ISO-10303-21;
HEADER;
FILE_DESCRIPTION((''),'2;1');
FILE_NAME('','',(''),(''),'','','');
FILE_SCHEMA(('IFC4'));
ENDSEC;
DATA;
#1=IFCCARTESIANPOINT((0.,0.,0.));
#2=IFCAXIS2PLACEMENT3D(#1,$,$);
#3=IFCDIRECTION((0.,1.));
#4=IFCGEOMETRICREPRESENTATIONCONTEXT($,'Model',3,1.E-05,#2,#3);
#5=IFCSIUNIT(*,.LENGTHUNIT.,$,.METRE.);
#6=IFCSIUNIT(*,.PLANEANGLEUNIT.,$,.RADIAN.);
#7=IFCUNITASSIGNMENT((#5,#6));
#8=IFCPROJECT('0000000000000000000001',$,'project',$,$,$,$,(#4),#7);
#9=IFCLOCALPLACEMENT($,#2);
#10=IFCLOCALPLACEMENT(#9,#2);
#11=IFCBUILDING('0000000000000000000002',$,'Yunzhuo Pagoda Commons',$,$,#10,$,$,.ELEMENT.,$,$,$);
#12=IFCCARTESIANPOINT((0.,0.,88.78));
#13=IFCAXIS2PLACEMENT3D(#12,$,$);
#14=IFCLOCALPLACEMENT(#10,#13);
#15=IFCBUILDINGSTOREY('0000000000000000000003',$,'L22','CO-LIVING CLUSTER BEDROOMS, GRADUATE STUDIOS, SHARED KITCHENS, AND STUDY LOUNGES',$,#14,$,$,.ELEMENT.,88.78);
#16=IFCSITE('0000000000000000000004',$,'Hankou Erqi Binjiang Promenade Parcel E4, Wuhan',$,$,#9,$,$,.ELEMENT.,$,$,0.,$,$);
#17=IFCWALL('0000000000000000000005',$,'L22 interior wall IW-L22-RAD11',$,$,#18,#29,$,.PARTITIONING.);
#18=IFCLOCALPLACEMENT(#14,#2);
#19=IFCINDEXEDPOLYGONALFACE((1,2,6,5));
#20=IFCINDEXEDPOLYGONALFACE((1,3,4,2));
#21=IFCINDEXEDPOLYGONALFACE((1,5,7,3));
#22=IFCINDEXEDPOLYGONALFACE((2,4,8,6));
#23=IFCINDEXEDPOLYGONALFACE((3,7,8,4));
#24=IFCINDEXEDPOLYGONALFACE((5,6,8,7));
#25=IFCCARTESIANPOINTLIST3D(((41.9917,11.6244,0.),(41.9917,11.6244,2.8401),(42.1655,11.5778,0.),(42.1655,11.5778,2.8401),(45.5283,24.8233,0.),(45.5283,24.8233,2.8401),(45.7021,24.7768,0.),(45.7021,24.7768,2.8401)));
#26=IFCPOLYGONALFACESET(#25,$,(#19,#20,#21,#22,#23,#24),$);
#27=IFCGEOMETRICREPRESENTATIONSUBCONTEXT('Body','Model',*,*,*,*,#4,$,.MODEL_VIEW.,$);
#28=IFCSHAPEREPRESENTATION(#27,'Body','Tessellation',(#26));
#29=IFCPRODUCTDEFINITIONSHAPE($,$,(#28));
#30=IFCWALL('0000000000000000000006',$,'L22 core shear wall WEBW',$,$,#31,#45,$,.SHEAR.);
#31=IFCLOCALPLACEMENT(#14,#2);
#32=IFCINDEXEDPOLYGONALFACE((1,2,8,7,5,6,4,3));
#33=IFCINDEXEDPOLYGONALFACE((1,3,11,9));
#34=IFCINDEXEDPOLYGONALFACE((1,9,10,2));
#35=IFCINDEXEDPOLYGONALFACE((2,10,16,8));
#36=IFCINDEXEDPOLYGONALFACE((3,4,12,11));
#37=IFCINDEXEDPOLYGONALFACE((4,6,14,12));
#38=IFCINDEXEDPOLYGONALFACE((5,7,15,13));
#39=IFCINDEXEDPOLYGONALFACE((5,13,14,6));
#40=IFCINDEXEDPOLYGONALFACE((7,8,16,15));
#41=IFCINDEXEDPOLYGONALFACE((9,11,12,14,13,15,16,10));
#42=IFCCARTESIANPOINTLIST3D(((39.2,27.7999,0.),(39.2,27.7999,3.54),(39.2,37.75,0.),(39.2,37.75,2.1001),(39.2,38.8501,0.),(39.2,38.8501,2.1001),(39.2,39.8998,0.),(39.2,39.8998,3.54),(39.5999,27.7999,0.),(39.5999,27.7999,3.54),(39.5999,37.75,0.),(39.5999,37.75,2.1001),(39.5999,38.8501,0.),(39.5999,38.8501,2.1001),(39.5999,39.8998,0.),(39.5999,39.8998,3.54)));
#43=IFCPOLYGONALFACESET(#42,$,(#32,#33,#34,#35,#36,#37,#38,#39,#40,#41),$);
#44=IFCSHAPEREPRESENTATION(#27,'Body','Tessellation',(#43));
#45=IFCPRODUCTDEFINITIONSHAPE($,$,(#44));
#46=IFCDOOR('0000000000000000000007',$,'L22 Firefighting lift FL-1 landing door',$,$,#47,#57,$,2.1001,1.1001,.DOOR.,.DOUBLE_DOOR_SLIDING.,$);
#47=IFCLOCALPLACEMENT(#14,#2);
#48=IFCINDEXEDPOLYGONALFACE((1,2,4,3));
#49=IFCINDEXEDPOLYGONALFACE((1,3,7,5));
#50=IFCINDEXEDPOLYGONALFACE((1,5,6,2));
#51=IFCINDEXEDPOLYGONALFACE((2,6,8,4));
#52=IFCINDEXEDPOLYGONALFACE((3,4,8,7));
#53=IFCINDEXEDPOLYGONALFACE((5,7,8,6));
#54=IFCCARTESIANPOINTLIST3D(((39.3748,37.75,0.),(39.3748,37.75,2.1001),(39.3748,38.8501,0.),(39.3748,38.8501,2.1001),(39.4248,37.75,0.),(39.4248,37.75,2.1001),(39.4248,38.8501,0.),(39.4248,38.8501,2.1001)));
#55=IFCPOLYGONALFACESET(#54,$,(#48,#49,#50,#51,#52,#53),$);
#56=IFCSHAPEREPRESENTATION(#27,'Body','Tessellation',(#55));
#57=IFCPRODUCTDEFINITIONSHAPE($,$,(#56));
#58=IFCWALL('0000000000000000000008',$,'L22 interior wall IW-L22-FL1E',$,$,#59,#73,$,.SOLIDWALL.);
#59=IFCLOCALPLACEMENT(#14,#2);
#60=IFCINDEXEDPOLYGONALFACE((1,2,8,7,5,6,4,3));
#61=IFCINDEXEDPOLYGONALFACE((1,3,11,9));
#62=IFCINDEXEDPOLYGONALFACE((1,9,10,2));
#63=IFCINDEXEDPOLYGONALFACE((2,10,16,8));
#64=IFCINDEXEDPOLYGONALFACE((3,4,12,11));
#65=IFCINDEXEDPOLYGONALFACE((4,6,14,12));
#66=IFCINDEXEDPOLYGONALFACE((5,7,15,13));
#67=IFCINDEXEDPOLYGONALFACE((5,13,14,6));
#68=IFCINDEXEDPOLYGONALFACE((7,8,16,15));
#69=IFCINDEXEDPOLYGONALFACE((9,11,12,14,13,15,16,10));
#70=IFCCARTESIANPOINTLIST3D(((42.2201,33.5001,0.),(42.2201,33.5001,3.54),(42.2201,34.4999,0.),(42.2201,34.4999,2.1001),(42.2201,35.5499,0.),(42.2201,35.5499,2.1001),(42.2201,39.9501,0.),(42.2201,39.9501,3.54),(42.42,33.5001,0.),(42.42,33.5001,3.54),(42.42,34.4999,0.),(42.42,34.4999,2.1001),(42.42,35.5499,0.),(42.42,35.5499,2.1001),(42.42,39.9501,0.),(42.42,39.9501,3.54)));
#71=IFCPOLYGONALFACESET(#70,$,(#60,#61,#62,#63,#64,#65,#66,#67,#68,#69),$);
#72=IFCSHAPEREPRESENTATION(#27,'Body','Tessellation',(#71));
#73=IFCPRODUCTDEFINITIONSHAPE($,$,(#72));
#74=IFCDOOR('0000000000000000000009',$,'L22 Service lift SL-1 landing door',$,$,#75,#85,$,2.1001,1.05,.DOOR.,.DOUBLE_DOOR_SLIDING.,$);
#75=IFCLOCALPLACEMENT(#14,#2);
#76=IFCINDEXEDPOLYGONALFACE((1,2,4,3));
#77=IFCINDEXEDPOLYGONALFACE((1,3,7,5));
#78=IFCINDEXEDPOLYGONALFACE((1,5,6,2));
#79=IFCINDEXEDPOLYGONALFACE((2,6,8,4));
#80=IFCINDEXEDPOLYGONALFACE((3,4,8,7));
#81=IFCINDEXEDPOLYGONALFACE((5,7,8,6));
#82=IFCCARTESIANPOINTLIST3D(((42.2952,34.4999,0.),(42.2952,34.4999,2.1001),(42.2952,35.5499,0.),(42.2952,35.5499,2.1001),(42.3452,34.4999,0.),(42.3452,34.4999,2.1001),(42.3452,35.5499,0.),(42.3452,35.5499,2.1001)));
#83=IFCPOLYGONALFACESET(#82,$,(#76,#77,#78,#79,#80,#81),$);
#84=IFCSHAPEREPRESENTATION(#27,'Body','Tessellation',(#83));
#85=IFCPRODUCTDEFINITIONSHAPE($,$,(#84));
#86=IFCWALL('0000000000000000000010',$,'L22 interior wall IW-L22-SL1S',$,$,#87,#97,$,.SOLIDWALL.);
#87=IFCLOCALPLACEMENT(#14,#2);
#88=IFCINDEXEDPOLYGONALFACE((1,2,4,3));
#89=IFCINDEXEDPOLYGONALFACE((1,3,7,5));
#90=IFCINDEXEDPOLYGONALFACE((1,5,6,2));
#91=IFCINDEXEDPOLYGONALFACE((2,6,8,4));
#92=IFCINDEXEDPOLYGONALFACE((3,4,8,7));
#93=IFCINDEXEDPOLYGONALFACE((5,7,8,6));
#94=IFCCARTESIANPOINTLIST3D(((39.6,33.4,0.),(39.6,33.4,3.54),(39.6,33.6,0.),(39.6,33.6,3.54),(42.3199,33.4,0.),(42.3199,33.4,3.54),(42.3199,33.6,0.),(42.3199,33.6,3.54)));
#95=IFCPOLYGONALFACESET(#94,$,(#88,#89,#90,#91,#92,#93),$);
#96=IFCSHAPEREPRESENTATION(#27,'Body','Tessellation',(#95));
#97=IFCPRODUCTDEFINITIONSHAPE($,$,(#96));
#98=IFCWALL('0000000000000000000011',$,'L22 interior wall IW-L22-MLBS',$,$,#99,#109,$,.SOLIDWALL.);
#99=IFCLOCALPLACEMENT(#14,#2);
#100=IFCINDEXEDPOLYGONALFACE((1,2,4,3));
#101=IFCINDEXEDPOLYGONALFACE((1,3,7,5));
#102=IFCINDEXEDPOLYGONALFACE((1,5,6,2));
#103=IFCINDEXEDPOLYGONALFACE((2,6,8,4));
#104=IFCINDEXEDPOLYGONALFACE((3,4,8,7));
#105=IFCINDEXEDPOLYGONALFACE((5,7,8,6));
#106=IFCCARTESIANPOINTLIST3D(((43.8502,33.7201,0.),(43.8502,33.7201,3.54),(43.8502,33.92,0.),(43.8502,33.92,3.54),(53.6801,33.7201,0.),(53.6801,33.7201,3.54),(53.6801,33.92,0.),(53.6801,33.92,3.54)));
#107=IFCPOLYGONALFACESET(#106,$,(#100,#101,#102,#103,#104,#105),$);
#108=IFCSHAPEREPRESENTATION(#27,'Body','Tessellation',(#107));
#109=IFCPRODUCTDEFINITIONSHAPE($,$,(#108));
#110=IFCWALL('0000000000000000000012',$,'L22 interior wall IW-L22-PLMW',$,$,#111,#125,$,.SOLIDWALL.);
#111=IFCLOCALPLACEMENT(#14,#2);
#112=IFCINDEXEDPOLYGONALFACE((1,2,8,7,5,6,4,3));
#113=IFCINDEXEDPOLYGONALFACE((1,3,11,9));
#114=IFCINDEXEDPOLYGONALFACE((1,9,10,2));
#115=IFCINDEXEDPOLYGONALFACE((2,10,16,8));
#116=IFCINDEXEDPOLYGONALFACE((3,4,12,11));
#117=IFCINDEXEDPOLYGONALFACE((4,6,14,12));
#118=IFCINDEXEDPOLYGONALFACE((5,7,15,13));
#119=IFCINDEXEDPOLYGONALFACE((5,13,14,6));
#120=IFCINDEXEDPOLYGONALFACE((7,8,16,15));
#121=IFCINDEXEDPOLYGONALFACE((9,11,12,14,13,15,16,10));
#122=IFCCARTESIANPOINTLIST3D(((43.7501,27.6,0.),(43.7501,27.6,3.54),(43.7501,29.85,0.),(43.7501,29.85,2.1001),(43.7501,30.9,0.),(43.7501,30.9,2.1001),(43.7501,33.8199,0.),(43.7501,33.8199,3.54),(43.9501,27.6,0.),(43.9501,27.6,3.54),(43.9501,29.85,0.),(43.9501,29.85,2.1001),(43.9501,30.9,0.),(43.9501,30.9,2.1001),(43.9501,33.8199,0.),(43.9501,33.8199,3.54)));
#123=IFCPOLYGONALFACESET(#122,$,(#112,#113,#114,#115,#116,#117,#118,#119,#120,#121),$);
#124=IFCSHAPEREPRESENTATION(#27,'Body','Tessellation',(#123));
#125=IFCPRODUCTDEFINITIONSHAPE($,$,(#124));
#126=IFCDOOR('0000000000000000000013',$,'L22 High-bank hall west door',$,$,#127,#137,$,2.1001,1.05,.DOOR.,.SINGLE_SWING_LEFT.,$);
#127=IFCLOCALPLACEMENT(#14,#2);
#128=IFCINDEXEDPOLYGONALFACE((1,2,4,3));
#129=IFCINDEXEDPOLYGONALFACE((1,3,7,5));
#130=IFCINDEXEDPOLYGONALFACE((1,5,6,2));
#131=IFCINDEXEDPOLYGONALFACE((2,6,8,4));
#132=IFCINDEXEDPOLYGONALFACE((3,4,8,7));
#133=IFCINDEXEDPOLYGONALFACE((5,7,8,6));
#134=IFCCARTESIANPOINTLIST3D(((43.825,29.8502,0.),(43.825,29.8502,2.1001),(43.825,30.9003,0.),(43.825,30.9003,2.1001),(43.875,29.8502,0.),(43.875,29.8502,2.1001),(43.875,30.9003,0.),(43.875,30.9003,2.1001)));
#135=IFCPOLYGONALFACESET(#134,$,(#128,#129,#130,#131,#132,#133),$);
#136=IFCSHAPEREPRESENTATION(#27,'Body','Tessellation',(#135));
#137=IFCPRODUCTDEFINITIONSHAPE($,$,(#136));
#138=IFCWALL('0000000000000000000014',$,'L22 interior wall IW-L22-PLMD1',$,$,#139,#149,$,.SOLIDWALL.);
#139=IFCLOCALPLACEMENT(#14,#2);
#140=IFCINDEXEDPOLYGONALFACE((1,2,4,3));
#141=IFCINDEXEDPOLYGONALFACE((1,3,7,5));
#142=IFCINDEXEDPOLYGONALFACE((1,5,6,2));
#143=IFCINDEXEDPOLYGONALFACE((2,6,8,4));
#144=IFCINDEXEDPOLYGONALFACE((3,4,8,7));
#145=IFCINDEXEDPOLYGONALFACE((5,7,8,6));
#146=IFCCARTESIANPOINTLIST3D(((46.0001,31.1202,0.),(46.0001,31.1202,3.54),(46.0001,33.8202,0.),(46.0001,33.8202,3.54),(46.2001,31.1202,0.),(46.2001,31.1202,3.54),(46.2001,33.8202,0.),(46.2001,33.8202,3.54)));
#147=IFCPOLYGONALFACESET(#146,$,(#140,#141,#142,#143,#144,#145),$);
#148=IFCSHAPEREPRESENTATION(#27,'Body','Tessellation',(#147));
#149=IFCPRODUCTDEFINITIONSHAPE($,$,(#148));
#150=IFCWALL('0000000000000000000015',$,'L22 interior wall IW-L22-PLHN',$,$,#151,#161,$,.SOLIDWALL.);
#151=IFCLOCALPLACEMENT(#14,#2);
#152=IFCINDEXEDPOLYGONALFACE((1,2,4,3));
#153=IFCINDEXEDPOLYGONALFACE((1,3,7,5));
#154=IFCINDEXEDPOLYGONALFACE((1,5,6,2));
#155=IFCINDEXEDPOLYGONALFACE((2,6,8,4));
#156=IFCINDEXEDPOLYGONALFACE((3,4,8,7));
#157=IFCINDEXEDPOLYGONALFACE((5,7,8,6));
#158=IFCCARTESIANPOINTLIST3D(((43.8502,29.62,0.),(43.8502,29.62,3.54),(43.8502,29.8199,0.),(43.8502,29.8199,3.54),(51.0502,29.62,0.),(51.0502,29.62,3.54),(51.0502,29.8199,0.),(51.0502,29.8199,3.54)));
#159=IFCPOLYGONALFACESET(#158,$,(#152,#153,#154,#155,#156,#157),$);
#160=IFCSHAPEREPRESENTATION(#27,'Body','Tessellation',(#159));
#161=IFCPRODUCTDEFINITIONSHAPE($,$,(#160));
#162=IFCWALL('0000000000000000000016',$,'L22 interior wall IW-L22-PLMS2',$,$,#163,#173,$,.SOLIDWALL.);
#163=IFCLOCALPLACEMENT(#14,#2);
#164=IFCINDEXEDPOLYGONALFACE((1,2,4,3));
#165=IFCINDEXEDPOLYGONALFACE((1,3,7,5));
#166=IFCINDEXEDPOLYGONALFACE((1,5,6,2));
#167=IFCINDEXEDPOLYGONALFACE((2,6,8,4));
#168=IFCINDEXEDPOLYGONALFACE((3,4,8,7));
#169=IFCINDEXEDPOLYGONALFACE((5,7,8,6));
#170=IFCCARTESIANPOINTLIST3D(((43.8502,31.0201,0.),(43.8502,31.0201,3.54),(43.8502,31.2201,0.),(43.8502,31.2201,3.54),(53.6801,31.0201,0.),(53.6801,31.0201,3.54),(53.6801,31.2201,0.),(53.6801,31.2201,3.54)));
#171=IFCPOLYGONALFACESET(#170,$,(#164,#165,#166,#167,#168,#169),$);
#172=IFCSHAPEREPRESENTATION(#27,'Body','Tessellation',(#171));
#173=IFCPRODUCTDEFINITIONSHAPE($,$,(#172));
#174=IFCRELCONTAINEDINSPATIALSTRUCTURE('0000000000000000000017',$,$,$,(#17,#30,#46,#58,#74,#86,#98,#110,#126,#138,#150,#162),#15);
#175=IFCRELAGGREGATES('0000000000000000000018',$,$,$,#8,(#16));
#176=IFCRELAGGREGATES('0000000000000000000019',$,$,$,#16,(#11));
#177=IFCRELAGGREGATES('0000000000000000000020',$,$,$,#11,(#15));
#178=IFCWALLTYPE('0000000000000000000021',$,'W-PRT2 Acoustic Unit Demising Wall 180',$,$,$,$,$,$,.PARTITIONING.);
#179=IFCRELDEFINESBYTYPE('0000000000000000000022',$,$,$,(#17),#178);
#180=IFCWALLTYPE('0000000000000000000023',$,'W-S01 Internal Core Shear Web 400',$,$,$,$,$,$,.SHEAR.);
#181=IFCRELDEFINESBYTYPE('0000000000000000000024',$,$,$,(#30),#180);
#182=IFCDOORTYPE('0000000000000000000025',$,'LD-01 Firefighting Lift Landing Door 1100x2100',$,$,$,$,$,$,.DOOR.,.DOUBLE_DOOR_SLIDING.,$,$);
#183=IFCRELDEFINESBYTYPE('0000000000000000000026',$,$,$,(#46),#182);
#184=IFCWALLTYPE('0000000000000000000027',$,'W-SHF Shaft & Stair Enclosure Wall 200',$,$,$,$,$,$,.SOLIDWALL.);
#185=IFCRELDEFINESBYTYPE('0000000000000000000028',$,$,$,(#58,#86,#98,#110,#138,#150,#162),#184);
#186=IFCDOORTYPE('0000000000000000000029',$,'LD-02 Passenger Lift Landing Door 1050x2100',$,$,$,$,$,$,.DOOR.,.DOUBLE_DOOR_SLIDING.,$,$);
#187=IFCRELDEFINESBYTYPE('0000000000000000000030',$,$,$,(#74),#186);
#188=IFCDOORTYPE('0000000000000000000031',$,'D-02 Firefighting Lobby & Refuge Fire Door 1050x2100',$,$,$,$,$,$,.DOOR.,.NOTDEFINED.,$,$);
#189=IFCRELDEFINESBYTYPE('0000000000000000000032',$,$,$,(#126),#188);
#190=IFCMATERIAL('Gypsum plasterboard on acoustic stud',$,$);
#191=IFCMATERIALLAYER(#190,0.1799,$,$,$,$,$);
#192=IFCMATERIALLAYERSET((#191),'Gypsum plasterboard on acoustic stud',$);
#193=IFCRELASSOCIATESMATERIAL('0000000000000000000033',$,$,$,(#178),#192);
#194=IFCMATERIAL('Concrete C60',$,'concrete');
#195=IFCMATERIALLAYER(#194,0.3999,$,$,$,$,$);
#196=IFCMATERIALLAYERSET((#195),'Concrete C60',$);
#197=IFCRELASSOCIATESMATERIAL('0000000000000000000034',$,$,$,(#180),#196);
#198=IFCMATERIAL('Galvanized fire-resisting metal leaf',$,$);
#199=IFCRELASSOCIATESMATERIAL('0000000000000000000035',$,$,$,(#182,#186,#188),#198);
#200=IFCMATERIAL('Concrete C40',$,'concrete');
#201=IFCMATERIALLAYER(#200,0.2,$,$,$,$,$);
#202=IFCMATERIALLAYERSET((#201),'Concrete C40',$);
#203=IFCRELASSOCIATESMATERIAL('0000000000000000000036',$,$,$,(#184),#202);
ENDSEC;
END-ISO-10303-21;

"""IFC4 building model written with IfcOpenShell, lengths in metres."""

from ifc_helpers import new_model, si_unit, direction, frame, frame_2d, origin, origin_with_axes, place, context, subcontext, project, spatial, rectangle, extrude, source, transform, mapped, material, layer, layer_set, type_object, element, fill, save


model = new_model("IFC4")

# Units and contexts
model_context = context("Model", 3, precision=1e-05, world=origin(), true_north=direction((0.0, 1.0)))
body_context = subcontext(model_context, "Body", "Model", "MODEL_VIEW")
ifc_project = project(units=[si_unit("LENGTHUNIT", "METRE"), si_unit("PLANEANGLEUNIT", "RADIAN")], contexts=[model_context])

# Site, building, storey
site_placement = place(None, origin())
site = spatial("IfcSite", under=ifc_project, at=site_placement, Name="Hankou Erqi Binjiang Promenade Parcel E4, Wuhan", CompositionType="ELEMENT", RefElevation=0.0)
building_placement = place(site_placement, origin())
building = spatial("IfcBuilding", under=site, at=building_placement, Name="Yunzhuo Pagoda Commons", CompositionType="ELEMENT")
storey_placement = place(building_placement, frame((0.0, 0.0, 88.78)))
storey = spatial("IfcBuildingStorey", under=building, at=storey_placement, Name="L22", Description="CO-LIVING CLUSTER BEDROOMS, GRADUATE STUDIOS, SHARED KITCHENS, AND STUDY LOUNGES", CompositionType="ELEMENT", Elevation=88.78)

# Shared definitions
ifc_material_1 = material(Name="Concrete C60", Category="concrete")

# Shared definitions
ifc_material_2 = material(Name="Gypsum plasterboard on acoustic stud")
ifc_material_3 = material(Name="Galvanized fire-resisting metal leaf")

# Wall
ifc_layer_1 = layer(ifc_material_2, 0.1799)
ifc_layer_set_1 = layer_set([ifc_layer_1], Name="Gypsum plasterboard on acoustic stud")
wall_type_1 = type_object("IfcWallType", Name="W-PRT2 Acoustic Unit Demising Wall 180", PredefinedType="PARTITIONING", material=ifc_layer_set_1)
wall_1_placement = place(storey_placement, frame((45.6152, 24.8, 0.0), z_axis=(0.0, 0.0, 1.0), x_axis=(-0.258817, -0.965926, 0.0)))
element("IfcWall", 1, at=wall_1_placement, inside=storey, type_object=wall_type_1, Name="L22 interior wall IW-L22-RAD11", PredefinedType="PARTITIONING", context=body_context, shape_type="SweptSolid", body=[
    extrude(rectangle(XDim=13.6646, YDim=0.1799, at=frame_2d((6.8323, 0.0))), origin(), (0.0, 0.0, 1.0), 2.8401),
])

# Walls, openings, doors
ifc_layer_2 = layer(ifc_material_1, 0.3999)
ifc_layer_set_2 = layer_set([ifc_layer_2], Name="Concrete C60")
wall_type_2 = type_object("IfcWallType", Name="W-S01 Internal Core Shear Web 400", PredefinedType="SHEAR", material=ifc_layer_set_2)
wall_2_placement = place(storey_placement, frame((39.3999, 27.8, 0.0), z_axis=(0.0, 0.0, 1.0), x_axis=(0.0, 1.0, 0.0)))
wall_2 = element("IfcWall", 2, at=wall_2_placement, inside=storey, type_object=wall_type_2, Name="L22 core shear wall WEBW", PredefinedType="SHEAR", context=body_context, shape_type="SweptSolid", body=[
    extrude(rectangle(XDim=12.0999, YDim=0.3999, at=frame_2d((6.0498, 0.0))), origin(), (0.0, 0.0, 1.0), 3.54),
])
opening_1_placement = place(wall_2_placement, frame((9.95, 0.0, 0.0)))
opening_1 = element("IfcOpeningElement", 3, at=opening_1_placement, cuts=wall_2, PredefinedType="OPENING", context=body_context, shape_type="SweptSolid", body=[
    extrude(rectangle(XDim=1.1001, YDim=2.1001, at=frame_2d((0.55, 1.05))), frame((0.0, 0.21, 0.0), z_axis=(0.0, -1.0, 0.0), x_axis=(1.0, 0.0, 0.0)), (0.0, 0.0, 1.0), 0.4199),
])
door_type_1 = type_object("IfcDoorType", Name="LD-01 Firefighting Lift Landing Door 1100x2100", OperationType="DOUBLE_DOOR_SLIDING", PredefinedType="DOOR", material=ifc_material_3)
shared_shape_1 = source(origin(), body_context, "Body", "SweptSolid", [
    extrude(rectangle(XDim=1.1001, YDim=2.1001, at=frame_2d((0.55, 1.05))), frame((0.0, 0.0249, 0.0), z_axis=(0.0, -1.0, 0.0), x_axis=(1.0, 0.0, 0.0)), (0.0, 0.0, 1.0), 0.05),
])
door_1_placement = place(opening_1_placement, frame((1.1001, 0.0, 0.0), z_axis=(0.0, 0.0, 1.0), x_axis=(-1.0, 0.0, 0.0)))
door_1 = element("IfcDoor", 4, at=door_1_placement, inside=storey, type_object=door_type_1, Name="L22 Firefighting lift FL-1 landing door", OperationType="DOUBLE_DOOR_SLIDING", OverallHeight=2.1001, OverallWidth=1.1001, PredefinedType="DOOR", context=body_context, shape_type="MappedRepresentation", body=[
    mapped(shared_shape_1, transform((0.0, 0.0, 0.0), scale=1.0)),
])
fill(opening_1, door_1)
ifc_material_4 = material(Name="Concrete C40", Category="concrete")
ifc_layer_3 = layer(ifc_material_4, 0.2)
ifc_layer_set_3 = layer_set([ifc_layer_3], Name="Concrete C40")
wall_type_3 = type_object("IfcWallType", Name="W-SHF Shaft & Stair Enclosure Wall 200", PredefinedType="SOLIDWALL", material=ifc_layer_set_3)
wall_3_placement = place(storey_placement, frame((42.3201, 33.5, 0.0), z_axis=(0.0, 0.0, 1.0), x_axis=(0.0, 1.0, 0.0)))
wall_3 = element("IfcWall", 5, at=wall_3_placement, inside=storey, type_object=wall_type_3, Name="L22 interior wall IW-L22-FL1E", PredefinedType="SOLIDWALL", context=body_context, shape_type="SweptSolid", body=[
    extrude(rectangle(XDim=6.45, YDim=0.2, at=frame_2d((3.2251, 0.0))), origin(), (0.0, 0.0, 1.0), 3.54),
])
opening_2_placement = place(wall_3_placement, frame((1.0, 0.0, 0.0)))
opening_2 = element("IfcOpeningElement", 6, at=opening_2_placement, cuts=wall_3, PredefinedType="OPENING", context=body_context, shape_type="SweptSolid", body=[
    extrude(rectangle(XDim=1.05, YDim=2.1001, at=frame_2d((0.5249, 1.05))), frame((0.0, 0.1099, 0.0), z_axis=(0.0, -1.0, 0.0), x_axis=(1.0, 0.0, 0.0)), (0.0, 0.0, 1.0), 0.22),
])
door_type_2 = type_object("IfcDoorType", Name="LD-02 Passenger Lift Landing Door 1050x2100", OperationType="DOUBLE_DOOR_SLIDING", PredefinedType="DOOR", material=ifc_material_3)
shared_shape_2 = source(origin(), body_context, "Body", "SweptSolid", [
    extrude(rectangle(XDim=1.05, YDim=2.1001, at=frame_2d((0.5249, 1.05))), frame((0.0, 0.0249, 0.0), z_axis=(0.0, -1.0, 0.0), x_axis=(1.0, 0.0, 0.0)), (0.0, 0.0, 1.0), 0.05),
])
door_2_placement = place(opening_2_placement, origin_with_axes())
door_2 = element("IfcDoor", 7, at=door_2_placement, inside=storey, type_object=door_type_2, Name="L22 Service lift SL-1 landing door", OperationType="DOUBLE_DOOR_SLIDING", OverallHeight=2.1001, OverallWidth=1.05, PredefinedType="DOOR", context=body_context, shape_type="MappedRepresentation", body=[
    mapped(shared_shape_2, transform((0.0, 0.0, 0.0), scale=1.0)),
])
fill(opening_2, door_2)

# Walls
wall_4_placement = place(storey_placement, frame((39.6001, 33.5, 0.0), z_axis=(0.0, 0.0, 1.0), x_axis=(1.0, 0.0, 0.0)))
element("IfcWall", 8, at=wall_4_placement, inside=storey, type_object=wall_type_3, Name="L22 interior wall IW-L22-SL1S", PredefinedType="SOLIDWALL", context=body_context, shape_type="SweptSolid", body=[
    extrude(rectangle(XDim=2.72, YDim=0.2, at=frame_2d((1.3599, 0.0))), origin(), (0.0, 0.0, 1.0), 3.54),
])
wall_5_placement = place(storey_placement, frame((43.8501, 33.8201, 0.0), z_axis=(0.0, 0.0, 1.0), x_axis=(1.0, 0.0, 0.0)))
element("IfcWall", 9, at=wall_5_placement, inside=storey, type_object=wall_type_3, Name="L22 interior wall IW-L22-MLBS", PredefinedType="SOLIDWALL", context=body_context, shape_type="SweptSolid", body=[
    extrude(rectangle(XDim=9.8298, YDim=0.2, at=frame_2d((4.915, 0.0))), origin(), (0.0, 0.0, 1.0), 3.54),
])

# Wall, opening, door
wall_6_placement = place(storey_placement, frame((43.8501, 27.6001, 0.0), z_axis=(0.0, 0.0, 1.0), x_axis=(0.0, 1.0, 0.0)))
wall_6 = element("IfcWall", 10, at=wall_6_placement, inside=storey, type_object=wall_type_3, Name="L22 interior wall IW-L22-PLMW", PredefinedType="SOLIDWALL", context=body_context, shape_type="SweptSolid", body=[
    extrude(rectangle(XDim=6.22, YDim=0.2, at=frame_2d((3.1099, 0.0))), origin(), (0.0, 0.0, 1.0), 3.54),
])
opening_3_placement = place(wall_6_placement, frame((2.25, 0.0, 0.0)))
opening_3 = element("IfcOpeningElement", 11, at=opening_3_placement, cuts=wall_6, PredefinedType="OPENING", context=body_context, shape_type="SweptSolid", body=[
    extrude(rectangle(XDim=1.05, YDim=2.1001, at=frame_2d((0.5249, 1.05))), frame((0.0, 0.1099, 0.0), z_axis=(0.0, -1.0, 0.0), x_axis=(1.0, 0.0, 0.0)), (0.0, 0.0, 1.0), 0.22),
])
door_type_3 = type_object("IfcDoorType", Name="D-02 Firefighting Lobby & Refuge Fire Door 1050x2100", OperationType="NOTDEFINED", PredefinedType="DOOR", material=ifc_material_3)
door_3_placement = place(opening_3_placement, frame((1.05, 0.0, 0.0), z_axis=(0.0, 0.0, 1.0), x_axis=(-1.0, 0.0, 0.0)))
door_3 = element("IfcDoor", 12, at=door_3_placement, inside=storey, type_object=door_type_3, Name="L22 High-bank hall west door", OperationType="SINGLE_SWING_LEFT", OverallHeight=2.1001, OverallWidth=1.05, PredefinedType="DOOR", context=body_context, shape_type="MappedRepresentation", body=[
    mapped(shared_shape_2, transform((0.0, 0.0, 0.0), scale=1.0)),
])
fill(opening_3, door_3)

# Walls
wall_7_placement = place(storey_placement, frame((46.1001, 31.1201, 0.0), z_axis=(0.0, 0.0, 1.0), x_axis=(0.0, 1.0, 0.0)))
element("IfcWall", 13, at=wall_7_placement, inside=storey, type_object=wall_type_3, Name="L22 interior wall IW-L22-PLMD1", PredefinedType="SOLIDWALL", context=body_context, shape_type="SweptSolid", body=[
    extrude(rectangle(XDim=2.7, YDim=0.2, at=frame_2d((1.3501, 0.0))), origin(), (0.0, 0.0, 1.0), 3.54),
])
wall_8_placement = place(storey_placement, frame((43.8501, 29.72, 0.0), z_axis=(0.0, 0.0, 1.0), x_axis=(1.0, 0.0, 0.0)))
element("IfcWall", 14, at=wall_8_placement, inside=storey, type_object=wall_type_3, Name="L22 interior wall IW-L22-PLHN", PredefinedType="SOLIDWALL", context=body_context, shape_type="SweptSolid", body=[
    extrude(rectangle(XDim=7.2, YDim=0.2, at=frame_2d((3.6001, 0.0))), origin(), (0.0, 0.0, 1.0), 3.54),
])
wall_9_placement = place(storey_placement, frame((43.8501, 31.1201, 0.0), z_axis=(0.0, 0.0, 1.0), x_axis=(1.0, 0.0, 0.0)))
element("IfcWall", 15, at=wall_9_placement, inside=storey, type_object=wall_type_3, Name="L22 interior wall IW-L22-PLMS2", PredefinedType="SOLIDWALL", context=body_context, shape_type="SweptSolid", body=[
    extrude(rectangle(XDim=9.8298, YDim=0.2, at=frame_2d((4.915, 0.0))), origin(), (0.0, 0.0, 1.0), 3.54),
])

save(model, "model.ifc")
